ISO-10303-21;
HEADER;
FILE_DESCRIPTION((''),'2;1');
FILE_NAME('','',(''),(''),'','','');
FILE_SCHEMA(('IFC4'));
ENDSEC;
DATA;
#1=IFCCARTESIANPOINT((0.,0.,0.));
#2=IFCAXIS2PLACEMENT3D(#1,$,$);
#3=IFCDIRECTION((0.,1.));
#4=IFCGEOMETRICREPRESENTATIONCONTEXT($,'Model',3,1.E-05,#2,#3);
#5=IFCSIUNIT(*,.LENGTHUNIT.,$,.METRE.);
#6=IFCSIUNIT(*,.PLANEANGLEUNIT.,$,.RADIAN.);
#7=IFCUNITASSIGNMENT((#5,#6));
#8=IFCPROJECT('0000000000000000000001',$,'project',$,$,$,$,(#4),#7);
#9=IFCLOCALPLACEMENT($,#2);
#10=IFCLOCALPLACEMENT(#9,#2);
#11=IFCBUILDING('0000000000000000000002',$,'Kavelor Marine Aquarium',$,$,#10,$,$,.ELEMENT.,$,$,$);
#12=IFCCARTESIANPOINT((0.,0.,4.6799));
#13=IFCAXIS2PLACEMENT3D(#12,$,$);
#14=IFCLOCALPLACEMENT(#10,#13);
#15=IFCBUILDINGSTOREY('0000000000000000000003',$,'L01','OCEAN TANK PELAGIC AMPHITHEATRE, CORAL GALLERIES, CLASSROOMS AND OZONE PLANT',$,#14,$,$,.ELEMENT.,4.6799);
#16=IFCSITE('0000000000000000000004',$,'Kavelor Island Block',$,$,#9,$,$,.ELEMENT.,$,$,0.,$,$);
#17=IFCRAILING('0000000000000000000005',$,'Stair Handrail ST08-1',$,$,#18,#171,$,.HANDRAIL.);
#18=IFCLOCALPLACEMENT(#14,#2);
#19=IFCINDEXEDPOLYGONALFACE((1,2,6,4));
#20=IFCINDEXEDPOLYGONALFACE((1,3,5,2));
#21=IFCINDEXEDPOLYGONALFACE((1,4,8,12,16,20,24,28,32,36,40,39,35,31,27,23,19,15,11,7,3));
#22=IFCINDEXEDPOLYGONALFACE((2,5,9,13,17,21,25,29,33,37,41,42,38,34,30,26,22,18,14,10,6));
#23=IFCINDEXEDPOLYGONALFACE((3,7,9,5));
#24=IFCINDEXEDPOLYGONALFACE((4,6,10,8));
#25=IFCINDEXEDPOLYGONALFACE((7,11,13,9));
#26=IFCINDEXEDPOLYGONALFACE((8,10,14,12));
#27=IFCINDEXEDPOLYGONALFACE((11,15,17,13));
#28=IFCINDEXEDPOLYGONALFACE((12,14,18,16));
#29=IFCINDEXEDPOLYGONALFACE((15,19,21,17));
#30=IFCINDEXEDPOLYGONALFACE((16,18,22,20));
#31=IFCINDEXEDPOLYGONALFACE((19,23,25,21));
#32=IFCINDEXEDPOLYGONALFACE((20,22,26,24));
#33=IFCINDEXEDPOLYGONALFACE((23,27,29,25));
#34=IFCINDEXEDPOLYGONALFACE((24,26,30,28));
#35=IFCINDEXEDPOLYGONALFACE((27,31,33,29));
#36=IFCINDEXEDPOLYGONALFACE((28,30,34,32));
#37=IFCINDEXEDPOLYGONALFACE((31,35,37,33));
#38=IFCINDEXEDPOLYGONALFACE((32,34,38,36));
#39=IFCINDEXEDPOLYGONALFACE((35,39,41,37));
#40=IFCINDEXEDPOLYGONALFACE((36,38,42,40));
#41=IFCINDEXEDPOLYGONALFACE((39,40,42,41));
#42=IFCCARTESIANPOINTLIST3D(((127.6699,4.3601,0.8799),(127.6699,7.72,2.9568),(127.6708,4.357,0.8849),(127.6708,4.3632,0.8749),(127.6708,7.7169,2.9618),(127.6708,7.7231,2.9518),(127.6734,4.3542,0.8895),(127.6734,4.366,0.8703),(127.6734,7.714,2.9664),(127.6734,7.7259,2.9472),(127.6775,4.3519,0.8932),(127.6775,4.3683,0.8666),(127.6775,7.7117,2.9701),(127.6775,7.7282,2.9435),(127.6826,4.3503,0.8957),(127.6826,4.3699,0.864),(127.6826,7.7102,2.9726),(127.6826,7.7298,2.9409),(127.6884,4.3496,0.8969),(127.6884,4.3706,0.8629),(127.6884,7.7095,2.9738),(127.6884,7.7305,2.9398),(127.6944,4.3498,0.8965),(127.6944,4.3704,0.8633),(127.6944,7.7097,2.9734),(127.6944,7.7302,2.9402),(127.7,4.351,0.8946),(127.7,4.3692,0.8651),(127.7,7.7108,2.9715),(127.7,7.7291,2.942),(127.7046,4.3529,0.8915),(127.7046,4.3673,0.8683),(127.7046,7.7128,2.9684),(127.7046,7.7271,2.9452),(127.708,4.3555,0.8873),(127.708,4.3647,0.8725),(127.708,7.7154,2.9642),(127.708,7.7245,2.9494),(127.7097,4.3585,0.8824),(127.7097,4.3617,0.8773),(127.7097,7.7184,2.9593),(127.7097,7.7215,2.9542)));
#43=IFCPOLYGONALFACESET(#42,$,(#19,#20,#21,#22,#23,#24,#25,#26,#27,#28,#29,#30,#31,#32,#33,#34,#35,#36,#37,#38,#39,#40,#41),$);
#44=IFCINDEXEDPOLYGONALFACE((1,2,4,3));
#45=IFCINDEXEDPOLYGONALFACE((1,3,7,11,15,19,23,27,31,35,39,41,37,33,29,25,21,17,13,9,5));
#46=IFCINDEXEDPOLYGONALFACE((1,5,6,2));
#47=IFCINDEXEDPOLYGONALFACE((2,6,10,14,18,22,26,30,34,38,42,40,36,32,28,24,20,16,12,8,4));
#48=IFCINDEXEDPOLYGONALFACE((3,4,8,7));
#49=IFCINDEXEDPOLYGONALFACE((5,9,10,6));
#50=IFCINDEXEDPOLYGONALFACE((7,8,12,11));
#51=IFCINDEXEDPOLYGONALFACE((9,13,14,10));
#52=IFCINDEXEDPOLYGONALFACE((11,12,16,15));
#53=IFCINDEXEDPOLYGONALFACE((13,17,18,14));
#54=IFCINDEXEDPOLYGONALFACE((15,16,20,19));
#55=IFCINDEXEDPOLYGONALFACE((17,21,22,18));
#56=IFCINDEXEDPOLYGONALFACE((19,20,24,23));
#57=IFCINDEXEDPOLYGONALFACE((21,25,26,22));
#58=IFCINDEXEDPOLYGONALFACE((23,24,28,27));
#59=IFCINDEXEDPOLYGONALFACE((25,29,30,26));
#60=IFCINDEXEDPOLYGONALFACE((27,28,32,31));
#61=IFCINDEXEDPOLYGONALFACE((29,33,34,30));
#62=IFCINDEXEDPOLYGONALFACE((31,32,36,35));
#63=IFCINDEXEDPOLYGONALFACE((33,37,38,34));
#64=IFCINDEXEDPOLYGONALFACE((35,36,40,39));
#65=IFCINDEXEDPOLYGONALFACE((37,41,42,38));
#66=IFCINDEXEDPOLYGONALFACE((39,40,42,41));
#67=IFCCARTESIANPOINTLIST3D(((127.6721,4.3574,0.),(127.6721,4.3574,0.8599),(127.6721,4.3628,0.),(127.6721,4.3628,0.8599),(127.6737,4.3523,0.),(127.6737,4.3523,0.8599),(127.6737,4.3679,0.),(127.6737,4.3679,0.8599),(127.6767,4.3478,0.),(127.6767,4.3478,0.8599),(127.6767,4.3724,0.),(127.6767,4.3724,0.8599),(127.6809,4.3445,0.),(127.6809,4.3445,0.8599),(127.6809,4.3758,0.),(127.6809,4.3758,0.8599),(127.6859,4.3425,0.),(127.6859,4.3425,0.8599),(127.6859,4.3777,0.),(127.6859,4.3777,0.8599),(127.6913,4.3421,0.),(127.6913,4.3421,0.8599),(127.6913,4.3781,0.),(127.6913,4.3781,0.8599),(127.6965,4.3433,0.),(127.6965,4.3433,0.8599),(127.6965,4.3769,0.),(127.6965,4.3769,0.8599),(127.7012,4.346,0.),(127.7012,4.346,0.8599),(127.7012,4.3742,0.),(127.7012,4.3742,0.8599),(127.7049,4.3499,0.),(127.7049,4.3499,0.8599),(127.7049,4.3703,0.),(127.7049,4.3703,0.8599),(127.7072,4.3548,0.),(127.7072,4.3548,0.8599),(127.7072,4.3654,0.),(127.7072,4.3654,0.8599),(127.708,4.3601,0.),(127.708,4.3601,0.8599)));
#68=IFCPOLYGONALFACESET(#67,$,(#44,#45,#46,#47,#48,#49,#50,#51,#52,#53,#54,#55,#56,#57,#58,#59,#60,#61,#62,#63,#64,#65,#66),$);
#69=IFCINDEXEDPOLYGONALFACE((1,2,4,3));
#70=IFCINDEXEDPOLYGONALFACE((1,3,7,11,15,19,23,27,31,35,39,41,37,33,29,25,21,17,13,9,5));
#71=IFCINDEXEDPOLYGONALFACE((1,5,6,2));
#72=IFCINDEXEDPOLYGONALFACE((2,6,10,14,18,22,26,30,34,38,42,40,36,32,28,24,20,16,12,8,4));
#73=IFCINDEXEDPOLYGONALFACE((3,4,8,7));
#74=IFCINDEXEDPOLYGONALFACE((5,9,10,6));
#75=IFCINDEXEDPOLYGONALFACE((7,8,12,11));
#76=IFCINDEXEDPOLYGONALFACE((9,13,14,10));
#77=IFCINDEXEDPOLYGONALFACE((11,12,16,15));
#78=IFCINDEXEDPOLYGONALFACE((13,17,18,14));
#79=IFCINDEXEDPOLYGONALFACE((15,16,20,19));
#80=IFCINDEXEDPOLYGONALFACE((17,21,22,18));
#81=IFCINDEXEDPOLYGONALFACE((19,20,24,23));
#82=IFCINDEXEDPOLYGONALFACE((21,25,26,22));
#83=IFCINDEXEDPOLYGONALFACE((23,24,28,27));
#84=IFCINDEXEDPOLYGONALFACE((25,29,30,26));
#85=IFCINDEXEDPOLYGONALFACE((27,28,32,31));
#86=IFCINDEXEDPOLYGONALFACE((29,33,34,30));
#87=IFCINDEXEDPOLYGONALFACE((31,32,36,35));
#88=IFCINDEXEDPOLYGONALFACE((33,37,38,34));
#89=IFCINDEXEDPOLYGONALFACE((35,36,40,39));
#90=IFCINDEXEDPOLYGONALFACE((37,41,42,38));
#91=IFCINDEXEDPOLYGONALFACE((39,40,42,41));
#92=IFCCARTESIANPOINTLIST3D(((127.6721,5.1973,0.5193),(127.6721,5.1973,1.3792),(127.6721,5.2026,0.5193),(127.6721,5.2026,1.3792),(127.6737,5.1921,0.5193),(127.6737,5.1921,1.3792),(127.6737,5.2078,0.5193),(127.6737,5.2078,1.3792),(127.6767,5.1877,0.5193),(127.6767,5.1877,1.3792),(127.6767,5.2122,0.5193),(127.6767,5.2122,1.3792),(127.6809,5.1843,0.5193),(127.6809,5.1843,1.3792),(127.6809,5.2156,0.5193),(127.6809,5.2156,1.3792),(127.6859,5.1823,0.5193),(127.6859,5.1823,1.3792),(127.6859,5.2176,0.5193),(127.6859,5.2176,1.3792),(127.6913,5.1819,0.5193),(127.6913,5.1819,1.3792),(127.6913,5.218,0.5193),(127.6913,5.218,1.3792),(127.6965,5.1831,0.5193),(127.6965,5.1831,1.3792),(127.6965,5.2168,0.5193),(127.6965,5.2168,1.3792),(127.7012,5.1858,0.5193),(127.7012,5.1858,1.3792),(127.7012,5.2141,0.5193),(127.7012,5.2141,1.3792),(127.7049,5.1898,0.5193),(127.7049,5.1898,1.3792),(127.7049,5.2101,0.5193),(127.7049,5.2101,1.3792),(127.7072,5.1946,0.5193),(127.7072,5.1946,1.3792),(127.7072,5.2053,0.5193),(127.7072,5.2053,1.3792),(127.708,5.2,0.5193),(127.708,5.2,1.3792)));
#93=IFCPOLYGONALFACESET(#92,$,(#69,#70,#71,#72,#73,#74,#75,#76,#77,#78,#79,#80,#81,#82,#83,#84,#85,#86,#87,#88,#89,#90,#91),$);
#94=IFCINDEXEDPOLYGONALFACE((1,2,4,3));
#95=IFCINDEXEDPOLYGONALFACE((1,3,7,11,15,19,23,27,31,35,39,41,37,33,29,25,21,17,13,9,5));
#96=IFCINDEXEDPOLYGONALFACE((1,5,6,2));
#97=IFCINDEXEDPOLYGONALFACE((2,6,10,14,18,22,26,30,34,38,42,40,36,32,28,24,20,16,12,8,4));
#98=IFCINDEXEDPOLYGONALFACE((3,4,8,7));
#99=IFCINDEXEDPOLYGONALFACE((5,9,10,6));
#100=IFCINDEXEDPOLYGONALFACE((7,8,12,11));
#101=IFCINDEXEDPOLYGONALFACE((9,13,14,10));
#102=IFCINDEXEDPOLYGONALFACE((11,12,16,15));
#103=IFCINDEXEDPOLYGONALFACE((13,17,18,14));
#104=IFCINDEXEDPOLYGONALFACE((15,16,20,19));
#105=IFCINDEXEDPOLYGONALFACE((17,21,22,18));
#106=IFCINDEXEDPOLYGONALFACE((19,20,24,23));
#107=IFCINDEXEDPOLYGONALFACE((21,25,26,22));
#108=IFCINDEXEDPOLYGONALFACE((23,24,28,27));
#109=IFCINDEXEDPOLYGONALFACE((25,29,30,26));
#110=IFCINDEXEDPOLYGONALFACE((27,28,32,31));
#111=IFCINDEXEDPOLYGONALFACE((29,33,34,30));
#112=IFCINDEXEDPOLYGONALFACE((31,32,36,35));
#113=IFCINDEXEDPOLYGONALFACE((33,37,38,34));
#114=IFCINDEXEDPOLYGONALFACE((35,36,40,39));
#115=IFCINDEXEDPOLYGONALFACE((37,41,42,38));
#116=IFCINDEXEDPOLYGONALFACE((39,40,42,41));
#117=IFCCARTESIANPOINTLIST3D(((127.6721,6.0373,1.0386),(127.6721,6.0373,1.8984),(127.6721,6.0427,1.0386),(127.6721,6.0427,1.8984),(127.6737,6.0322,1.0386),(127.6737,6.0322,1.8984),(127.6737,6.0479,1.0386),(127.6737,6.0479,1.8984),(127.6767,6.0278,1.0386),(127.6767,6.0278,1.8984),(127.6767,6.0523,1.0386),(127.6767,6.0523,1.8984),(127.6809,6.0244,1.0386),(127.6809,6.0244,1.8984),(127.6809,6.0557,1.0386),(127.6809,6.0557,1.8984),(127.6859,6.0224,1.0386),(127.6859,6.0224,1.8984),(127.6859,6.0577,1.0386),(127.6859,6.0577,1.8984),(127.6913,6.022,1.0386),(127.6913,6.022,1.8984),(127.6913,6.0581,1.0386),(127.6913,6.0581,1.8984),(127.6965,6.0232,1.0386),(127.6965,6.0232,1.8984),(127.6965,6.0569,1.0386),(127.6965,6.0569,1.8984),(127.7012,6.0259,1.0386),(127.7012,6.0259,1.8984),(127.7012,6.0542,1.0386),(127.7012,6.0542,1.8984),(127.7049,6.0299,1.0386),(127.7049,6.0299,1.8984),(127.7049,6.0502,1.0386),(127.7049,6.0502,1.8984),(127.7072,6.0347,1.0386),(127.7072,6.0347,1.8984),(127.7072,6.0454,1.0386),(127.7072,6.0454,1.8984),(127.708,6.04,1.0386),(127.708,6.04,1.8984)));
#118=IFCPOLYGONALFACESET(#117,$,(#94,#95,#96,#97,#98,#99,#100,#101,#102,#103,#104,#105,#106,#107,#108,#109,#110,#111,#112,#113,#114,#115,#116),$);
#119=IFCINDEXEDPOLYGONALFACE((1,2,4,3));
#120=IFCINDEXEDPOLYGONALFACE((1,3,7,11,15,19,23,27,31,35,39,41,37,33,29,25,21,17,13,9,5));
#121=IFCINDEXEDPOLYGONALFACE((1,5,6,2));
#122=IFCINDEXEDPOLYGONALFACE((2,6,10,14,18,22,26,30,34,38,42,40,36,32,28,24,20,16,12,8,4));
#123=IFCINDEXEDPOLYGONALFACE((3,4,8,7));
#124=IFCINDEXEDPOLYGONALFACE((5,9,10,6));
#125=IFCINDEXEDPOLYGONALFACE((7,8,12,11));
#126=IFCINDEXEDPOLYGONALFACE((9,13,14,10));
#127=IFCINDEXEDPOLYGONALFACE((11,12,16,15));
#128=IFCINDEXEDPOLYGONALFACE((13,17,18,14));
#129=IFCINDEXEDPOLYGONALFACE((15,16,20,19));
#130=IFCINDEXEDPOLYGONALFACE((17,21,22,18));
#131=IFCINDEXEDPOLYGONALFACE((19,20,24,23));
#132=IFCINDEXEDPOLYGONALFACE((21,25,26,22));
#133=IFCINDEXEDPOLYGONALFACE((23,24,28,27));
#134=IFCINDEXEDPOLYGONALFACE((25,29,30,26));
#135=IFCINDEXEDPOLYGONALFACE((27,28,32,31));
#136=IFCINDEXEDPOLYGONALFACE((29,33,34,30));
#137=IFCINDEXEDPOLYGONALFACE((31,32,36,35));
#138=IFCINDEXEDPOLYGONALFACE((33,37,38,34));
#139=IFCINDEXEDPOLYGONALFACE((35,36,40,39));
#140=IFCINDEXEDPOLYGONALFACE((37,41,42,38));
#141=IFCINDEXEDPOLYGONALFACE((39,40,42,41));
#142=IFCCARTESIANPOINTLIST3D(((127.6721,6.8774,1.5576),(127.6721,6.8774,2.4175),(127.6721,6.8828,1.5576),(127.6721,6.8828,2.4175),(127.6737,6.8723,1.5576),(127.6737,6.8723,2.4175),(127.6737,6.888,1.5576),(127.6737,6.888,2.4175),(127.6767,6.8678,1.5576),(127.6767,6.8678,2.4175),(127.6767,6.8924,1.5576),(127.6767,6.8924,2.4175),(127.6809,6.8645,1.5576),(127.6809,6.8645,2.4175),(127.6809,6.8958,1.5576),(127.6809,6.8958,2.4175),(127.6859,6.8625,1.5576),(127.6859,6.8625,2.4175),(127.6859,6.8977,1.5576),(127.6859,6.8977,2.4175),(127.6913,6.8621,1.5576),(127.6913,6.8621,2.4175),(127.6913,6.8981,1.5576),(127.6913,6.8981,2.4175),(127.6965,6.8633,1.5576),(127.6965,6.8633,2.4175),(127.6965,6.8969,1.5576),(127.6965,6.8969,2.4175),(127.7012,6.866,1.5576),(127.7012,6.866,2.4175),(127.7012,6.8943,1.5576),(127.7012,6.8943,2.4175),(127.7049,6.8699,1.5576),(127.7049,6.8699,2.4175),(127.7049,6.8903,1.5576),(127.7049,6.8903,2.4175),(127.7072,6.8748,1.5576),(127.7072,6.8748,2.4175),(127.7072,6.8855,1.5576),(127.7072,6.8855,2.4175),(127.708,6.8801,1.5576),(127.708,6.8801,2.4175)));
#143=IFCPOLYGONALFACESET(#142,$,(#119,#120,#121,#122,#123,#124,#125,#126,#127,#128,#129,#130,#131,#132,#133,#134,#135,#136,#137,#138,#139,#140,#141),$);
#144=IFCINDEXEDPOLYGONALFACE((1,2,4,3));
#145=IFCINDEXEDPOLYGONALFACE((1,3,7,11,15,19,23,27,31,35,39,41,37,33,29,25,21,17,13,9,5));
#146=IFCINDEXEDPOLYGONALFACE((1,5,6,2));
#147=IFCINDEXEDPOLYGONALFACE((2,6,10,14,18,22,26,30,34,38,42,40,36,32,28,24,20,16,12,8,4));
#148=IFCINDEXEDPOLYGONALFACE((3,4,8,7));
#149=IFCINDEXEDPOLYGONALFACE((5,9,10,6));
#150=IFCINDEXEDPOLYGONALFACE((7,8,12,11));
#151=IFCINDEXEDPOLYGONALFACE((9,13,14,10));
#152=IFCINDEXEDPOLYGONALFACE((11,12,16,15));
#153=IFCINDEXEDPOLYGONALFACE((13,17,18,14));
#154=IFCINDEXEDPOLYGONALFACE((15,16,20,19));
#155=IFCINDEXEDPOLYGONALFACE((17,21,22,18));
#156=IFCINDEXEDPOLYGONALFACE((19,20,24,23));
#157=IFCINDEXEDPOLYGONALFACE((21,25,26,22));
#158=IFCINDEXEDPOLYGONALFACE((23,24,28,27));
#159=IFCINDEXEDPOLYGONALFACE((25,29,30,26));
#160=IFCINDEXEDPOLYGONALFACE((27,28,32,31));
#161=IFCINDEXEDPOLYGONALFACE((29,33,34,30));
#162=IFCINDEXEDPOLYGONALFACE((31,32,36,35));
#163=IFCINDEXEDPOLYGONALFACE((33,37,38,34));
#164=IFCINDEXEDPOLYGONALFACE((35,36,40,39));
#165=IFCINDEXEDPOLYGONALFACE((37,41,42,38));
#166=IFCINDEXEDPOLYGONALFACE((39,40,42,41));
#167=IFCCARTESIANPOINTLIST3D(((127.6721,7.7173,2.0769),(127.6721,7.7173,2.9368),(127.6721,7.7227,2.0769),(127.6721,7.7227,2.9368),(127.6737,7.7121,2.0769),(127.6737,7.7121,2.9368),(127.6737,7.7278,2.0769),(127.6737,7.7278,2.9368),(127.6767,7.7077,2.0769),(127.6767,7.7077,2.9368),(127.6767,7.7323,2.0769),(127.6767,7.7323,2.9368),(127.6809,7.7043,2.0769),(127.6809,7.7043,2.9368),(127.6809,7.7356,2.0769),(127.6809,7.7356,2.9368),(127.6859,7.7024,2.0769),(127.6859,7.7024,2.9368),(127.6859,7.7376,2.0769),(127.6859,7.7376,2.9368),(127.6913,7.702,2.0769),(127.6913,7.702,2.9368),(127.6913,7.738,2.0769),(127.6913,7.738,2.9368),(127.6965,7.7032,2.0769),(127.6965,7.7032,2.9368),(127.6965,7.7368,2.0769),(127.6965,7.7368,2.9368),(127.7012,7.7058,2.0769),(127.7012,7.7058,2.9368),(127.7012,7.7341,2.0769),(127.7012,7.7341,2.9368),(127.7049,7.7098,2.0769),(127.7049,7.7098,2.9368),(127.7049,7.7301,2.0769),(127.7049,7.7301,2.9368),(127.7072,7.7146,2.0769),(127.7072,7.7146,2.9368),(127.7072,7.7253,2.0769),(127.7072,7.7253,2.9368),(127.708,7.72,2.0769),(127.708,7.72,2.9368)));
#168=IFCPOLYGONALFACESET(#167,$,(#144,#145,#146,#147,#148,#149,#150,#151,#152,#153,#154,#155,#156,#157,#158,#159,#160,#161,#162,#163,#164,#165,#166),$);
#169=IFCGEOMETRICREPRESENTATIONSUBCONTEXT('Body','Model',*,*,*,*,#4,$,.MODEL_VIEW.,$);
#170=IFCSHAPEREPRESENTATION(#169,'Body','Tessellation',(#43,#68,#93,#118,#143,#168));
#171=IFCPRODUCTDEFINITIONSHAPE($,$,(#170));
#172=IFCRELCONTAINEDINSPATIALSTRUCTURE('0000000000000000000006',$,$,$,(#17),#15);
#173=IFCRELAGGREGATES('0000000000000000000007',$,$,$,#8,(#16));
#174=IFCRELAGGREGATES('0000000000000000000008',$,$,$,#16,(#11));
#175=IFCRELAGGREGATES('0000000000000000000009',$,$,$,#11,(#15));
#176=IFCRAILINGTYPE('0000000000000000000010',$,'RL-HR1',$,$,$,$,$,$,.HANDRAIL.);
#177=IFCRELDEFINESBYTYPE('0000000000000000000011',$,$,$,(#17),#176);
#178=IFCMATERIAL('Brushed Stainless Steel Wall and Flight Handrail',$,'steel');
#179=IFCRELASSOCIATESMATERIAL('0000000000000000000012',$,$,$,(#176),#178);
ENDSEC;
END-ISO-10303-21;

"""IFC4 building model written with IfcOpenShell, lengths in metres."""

from ifc_helpers import new_model, si_unit, direction, frame, origin, origin_2d, place, context, subcontext, project, spatial, circle, extrude, material, type_object, element, save


model = new_model("IFC4")

# Units and contexts
model_context = context("Model", 3, precision=1e-05, world=origin(), true_north=direction((0.0, 1.0)))
body_context = subcontext(model_context, "Body", "Model", "MODEL_VIEW")
ifc_project = project(units=[si_unit("LENGTHUNIT", "METRE"), si_unit("PLANEANGLEUNIT", "RADIAN")], contexts=[model_context])

# Site, building, storey
site_placement = place(None, origin())
site = spatial("IfcSite", under=ifc_project, at=site_placement, Name="Kavelor Island Block", CompositionType="ELEMENT", RefElevation=0.0)
building_placement = place(site_placement, origin())
building = spatial("IfcBuilding", under=site, at=building_placement, Name="Kavelor Marine Aquarium", CompositionType="ELEMENT")
storey_placement = place(building_placement, frame((0.0, 0.0, 4.6799)))
storey = spatial("IfcBuildingStorey", under=building, at=storey_placement, Name="L01", Description="OCEAN TANK PELAGIC AMPHITHEATRE, CORAL GALLERIES, CLASSROOMS AND OZONE PLANT", CompositionType="ELEMENT", Elevation=4.6799)

# Railing
ifc_material_1 = material(Name="Brushed Stainless Steel Wall and Flight Handrail", Category="steel")
railing_type_1 = type_object("IfcRailingType", Name="RL-HR1", PredefinedType="HANDRAIL", material=ifc_material_1)
railing_1_placement = place(storey_placement, frame((127.6899, 4.3601, 0.0)))
element("IfcRailing", 1, at=railing_1_placement, inside=storey, type_object=railing_type_1, Name="Stair Handrail ST08-1", PredefinedType="HANDRAIL", context=body_context, shape_type="SweptSolid", body=[
    extrude(circle(Radius=0.02, at=origin_2d()), frame((0.0, 0.0, 0.8799), z_axis=(0.0, 0.850606, 0.525803), x_axis=(-1.0, 0.0, 0.0)), (0.0, 0.0, 1.0), 3.95),
    extrude(circle(Radius=0.0181, at=origin_2d()), origin(), (0.0, 0.0, 1.0), 0.8599),
    extrude(circle(Radius=0.0181, at=origin_2d()), frame((0.0, 0.8398, 0.5193)), (0.0, 0.0, 1.0), 0.8599),
    extrude(circle(Radius=0.0181, at=origin_2d()), frame((0.0, 1.6799, 1.0386)), (0.0, 0.0, 1.0), 0.8599),
    extrude(circle(Radius=0.0181, at=origin_2d()), frame((0.0, 2.52, 1.5576)), (0.0, 0.0, 1.0), 0.8599),
    extrude(circle(Radius=0.0181, at=origin_2d()), frame((0.0, 3.3599, 2.0769)), (0.0, 0.0, 1.0), 0.8599),
])

save(model, "model.ifc")
